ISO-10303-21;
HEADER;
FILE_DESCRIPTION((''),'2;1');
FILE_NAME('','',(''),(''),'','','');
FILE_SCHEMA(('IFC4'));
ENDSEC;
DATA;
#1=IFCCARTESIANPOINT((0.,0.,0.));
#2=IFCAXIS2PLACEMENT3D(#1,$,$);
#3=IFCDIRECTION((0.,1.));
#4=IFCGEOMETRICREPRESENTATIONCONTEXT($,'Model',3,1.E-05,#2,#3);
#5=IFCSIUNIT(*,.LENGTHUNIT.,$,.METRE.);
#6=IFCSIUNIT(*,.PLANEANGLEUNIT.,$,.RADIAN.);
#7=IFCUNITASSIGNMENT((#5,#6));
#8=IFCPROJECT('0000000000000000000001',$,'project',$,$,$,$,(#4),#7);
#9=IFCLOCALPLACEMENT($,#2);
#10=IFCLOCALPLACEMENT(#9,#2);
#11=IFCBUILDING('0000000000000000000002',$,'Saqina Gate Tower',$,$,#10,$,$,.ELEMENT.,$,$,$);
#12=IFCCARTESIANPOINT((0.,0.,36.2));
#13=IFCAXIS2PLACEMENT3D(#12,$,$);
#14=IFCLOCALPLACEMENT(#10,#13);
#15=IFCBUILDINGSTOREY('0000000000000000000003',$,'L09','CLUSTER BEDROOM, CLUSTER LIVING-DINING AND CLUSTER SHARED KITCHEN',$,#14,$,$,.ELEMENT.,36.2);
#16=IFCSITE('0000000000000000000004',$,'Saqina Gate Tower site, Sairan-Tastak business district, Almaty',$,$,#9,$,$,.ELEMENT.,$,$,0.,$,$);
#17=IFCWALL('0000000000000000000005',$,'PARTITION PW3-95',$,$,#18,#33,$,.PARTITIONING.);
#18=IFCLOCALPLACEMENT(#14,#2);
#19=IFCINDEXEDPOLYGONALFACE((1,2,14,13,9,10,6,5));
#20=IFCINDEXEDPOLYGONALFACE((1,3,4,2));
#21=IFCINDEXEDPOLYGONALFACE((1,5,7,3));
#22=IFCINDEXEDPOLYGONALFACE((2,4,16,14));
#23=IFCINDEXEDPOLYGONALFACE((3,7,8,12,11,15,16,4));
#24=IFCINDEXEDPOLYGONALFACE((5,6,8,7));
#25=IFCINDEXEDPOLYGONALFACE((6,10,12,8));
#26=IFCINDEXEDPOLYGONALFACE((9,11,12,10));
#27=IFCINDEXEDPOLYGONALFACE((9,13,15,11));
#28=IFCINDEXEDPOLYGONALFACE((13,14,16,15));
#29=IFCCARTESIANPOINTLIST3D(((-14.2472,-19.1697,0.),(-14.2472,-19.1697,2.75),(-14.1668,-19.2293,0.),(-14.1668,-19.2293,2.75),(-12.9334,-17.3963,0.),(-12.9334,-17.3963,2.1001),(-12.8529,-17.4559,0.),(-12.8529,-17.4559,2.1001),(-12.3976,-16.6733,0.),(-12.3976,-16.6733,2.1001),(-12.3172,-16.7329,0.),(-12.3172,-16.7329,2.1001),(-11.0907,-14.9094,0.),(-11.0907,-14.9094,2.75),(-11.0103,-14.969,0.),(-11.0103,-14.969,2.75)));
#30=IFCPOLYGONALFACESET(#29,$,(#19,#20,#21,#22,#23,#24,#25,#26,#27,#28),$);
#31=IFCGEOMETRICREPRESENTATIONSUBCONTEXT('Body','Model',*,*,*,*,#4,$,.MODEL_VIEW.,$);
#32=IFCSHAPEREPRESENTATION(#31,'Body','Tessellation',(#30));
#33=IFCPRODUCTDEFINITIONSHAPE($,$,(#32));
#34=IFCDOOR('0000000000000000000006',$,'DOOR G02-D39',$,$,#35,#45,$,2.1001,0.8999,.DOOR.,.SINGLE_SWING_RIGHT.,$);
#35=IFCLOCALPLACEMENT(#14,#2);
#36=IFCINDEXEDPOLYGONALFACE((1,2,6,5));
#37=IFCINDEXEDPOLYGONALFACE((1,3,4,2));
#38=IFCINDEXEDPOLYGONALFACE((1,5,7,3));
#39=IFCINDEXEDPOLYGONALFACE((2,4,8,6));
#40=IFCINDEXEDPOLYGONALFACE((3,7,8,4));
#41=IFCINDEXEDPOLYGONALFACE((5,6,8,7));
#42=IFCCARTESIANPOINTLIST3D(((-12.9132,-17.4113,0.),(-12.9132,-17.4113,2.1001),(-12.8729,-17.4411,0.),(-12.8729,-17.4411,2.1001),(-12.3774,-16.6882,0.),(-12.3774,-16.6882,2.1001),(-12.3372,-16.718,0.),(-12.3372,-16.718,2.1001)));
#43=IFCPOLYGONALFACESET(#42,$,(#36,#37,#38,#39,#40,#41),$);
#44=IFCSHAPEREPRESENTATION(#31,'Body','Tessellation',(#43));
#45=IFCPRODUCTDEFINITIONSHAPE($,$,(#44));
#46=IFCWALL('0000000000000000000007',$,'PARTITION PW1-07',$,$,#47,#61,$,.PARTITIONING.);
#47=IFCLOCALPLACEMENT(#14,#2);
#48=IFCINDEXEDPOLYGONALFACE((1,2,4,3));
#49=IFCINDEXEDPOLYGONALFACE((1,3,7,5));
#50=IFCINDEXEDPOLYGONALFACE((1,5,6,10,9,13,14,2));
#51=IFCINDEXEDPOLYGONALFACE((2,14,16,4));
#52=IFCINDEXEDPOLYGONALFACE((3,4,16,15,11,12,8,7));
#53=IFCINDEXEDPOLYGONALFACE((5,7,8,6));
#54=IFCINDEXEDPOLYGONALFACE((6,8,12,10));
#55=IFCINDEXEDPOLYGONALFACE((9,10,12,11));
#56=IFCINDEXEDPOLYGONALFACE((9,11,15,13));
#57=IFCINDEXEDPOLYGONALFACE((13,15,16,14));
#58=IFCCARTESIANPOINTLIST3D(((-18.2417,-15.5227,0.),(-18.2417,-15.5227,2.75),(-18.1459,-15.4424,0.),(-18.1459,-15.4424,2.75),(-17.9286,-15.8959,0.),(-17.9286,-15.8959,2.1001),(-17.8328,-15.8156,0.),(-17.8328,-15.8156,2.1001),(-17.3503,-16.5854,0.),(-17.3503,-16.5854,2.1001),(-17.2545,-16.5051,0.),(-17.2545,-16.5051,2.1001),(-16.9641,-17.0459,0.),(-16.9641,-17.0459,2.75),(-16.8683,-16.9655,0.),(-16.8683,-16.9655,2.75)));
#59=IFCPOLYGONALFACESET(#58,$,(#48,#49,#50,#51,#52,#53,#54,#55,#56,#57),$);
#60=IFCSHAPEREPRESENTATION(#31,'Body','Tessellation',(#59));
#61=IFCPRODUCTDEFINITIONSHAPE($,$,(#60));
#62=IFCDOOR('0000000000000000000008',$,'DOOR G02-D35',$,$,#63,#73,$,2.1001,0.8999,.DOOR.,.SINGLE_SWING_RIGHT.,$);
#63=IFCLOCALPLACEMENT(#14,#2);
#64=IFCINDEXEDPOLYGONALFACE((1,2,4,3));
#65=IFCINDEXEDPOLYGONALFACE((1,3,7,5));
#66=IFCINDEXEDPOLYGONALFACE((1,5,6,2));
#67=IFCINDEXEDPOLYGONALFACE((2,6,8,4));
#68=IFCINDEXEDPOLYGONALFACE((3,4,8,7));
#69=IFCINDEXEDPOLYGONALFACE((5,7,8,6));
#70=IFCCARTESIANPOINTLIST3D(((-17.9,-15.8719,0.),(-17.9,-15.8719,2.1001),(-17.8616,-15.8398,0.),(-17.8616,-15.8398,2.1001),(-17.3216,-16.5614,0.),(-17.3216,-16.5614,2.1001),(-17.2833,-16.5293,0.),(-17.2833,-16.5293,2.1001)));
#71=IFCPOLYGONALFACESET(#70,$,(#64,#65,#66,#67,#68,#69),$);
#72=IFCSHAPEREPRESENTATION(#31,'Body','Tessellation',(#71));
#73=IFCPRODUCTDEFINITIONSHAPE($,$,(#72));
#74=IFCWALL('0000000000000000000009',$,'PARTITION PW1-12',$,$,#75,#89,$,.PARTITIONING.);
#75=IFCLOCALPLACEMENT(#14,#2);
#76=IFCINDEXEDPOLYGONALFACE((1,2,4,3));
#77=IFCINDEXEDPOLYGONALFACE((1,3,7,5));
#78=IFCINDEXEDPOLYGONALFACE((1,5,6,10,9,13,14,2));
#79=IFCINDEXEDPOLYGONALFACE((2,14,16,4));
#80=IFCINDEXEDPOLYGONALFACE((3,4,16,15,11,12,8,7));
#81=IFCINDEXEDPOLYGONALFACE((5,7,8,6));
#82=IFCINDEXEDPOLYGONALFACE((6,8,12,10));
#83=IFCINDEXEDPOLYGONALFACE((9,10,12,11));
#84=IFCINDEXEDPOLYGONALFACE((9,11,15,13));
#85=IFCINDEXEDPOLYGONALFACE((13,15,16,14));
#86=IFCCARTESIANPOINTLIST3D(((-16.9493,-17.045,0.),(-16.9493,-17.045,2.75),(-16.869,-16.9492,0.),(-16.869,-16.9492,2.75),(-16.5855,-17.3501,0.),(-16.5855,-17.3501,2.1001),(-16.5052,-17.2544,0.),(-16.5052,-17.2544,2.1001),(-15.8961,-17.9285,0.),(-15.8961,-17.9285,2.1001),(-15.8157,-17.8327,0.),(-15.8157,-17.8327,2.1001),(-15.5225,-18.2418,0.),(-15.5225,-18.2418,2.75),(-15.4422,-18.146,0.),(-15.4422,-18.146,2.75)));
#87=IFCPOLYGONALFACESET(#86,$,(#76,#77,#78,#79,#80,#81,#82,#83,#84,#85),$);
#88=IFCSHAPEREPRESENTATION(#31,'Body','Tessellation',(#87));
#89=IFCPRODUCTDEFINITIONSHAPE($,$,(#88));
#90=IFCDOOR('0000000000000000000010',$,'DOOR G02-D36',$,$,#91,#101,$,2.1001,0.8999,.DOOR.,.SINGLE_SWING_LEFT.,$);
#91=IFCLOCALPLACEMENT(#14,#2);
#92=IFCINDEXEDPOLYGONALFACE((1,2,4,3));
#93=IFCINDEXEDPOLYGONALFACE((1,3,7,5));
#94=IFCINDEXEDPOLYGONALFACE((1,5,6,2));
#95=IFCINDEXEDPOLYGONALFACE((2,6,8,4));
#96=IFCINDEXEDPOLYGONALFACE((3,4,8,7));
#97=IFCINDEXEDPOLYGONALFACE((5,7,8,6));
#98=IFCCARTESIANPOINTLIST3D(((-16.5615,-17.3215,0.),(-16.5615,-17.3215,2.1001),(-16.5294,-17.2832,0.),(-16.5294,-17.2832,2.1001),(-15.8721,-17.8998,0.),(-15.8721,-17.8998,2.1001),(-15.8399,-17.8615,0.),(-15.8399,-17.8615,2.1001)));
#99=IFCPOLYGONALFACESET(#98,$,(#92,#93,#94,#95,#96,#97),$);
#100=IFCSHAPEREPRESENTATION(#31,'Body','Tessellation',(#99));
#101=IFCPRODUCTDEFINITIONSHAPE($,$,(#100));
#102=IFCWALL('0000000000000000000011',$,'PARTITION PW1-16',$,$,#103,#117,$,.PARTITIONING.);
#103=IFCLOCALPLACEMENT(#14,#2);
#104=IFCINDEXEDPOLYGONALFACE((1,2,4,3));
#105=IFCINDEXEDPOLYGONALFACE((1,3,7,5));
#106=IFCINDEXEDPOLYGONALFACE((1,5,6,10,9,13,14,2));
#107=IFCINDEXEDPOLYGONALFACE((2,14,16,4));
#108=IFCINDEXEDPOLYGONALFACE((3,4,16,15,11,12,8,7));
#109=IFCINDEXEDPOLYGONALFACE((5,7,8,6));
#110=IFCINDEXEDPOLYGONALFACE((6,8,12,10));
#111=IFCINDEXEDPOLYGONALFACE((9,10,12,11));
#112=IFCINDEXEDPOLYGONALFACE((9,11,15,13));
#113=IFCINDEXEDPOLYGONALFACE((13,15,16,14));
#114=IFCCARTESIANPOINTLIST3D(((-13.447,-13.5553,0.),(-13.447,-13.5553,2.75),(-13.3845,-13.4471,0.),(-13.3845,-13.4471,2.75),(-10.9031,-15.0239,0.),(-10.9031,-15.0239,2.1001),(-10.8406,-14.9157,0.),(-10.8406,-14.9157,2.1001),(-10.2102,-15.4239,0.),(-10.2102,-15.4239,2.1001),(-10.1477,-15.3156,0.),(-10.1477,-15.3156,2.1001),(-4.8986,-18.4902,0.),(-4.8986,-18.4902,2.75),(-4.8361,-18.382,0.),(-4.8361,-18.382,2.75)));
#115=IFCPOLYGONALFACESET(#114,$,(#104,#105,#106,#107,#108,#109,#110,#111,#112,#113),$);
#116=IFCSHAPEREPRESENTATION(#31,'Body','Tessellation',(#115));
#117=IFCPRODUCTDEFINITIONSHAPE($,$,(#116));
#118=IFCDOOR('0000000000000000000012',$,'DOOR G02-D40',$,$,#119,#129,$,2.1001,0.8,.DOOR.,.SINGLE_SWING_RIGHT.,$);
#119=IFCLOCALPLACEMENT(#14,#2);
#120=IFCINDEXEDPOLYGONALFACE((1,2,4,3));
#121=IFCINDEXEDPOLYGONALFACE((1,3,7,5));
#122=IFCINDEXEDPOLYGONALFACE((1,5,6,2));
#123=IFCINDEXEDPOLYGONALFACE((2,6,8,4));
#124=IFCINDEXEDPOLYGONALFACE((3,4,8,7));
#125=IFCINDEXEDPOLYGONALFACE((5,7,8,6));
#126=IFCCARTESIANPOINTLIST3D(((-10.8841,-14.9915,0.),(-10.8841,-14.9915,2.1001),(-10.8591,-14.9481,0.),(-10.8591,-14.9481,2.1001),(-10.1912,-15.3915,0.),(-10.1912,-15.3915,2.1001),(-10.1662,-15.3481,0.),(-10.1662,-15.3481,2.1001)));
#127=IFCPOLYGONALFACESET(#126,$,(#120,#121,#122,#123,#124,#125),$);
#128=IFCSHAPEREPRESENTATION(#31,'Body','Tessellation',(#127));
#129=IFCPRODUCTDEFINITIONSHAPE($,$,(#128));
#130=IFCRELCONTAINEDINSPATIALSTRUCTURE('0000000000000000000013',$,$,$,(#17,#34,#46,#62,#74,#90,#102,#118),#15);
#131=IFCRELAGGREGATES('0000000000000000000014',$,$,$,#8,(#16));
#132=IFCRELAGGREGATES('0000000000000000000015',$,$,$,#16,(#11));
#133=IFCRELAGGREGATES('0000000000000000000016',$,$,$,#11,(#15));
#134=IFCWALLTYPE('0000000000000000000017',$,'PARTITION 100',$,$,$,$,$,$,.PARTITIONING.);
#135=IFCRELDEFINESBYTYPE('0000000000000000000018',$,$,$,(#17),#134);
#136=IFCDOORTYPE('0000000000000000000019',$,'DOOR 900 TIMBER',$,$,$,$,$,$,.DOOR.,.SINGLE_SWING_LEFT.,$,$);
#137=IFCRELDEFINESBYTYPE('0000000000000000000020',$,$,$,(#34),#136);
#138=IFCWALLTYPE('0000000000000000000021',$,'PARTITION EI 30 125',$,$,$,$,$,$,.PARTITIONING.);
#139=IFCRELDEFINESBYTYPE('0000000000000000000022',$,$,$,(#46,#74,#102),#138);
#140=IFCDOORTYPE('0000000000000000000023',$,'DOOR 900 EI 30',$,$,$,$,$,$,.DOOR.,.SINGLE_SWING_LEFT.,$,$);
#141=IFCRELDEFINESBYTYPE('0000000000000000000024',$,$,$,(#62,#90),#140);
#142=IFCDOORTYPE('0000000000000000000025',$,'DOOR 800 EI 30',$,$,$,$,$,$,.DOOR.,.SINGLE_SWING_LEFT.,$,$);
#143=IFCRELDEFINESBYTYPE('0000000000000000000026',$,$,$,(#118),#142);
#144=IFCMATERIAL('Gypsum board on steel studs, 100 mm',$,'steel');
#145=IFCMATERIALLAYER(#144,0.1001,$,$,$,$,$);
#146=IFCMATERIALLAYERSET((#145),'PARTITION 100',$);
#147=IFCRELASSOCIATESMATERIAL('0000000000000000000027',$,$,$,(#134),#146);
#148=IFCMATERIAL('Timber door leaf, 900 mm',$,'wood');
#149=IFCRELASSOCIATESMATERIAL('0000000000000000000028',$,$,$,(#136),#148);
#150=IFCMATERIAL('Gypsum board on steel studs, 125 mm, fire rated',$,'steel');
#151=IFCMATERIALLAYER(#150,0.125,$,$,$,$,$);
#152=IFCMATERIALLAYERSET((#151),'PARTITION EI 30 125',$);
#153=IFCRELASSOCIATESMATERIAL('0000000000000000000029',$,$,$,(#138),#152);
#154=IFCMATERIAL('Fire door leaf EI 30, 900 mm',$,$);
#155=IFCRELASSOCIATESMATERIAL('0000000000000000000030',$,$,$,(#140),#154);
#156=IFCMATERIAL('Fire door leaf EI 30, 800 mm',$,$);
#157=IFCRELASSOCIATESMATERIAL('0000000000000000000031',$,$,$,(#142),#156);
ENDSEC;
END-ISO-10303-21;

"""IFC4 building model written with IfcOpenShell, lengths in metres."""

from ifc_helpers import new_model, si_unit, direction, frame, frame_2d, origin, place, context, subcontext, project, spatial, rectangle, extrude, material, layer, layer_set, type_object, element, fill, save


model = new_model("IFC4")

# Units and contexts
model_context = context("Model", 3, precision=1e-05, world=origin(), true_north=direction((0.0, 1.0)))
body_context = subcontext(model_context, "Body", "Model", "MODEL_VIEW")
ifc_project = project(units=[si_unit("LENGTHUNIT", "METRE"), si_unit("PLANEANGLEUNIT", "RADIAN")], contexts=[model_context])

# Site, building, storey
site_placement = place(None, origin())
site = spatial("IfcSite", under=ifc_project, at=site_placement, Name="Saqina Gate Tower site, Sairan-Tastak business district, Almaty", CompositionType="ELEMENT", RefElevation=0.0)
building_placement = place(site_placement, origin())
building = spatial("IfcBuilding", under=site, at=building_placement, Name="Saqina Gate Tower", CompositionType="ELEMENT")
storey_placement = place(building_placement, frame((0.0, 0.0, 36.2)))
storey = spatial("IfcBuildingStorey", under=building, at=storey_placement, Name="L09", Description="CLUSTER BEDROOM, CLUSTER LIVING-DINING AND CLUSTER SHARED KITCHEN", CompositionType="ELEMENT", Elevation=36.2)

# Shared definitions
ifc_material_1 = material(Name="Gypsum board on steel studs, 100 mm", Category="steel")
ifc_layer_1 = layer(ifc_material_1, 0.1001)
ifc_layer_set_1 = layer_set([ifc_layer_1], Name="PARTITION 100")
wall_type_1 = type_object("IfcWallType", Name="PARTITION 100", PredefinedType="PARTITIONING", material=ifc_layer_set_1)

# Walls, openings, doors
wall_1_placement = place(storey_placement, frame((-14.207, -19.1995, 0.0), z_axis=(0.0, 0.0, 1.0), x_axis=(0.595319, 0.803489, 0.0)))
wall_1 = element("IfcWall", 1, at=wall_1_placement, inside=storey, type_object=wall_type_1, Name="PARTITION PW3-95", PredefinedType="PARTITIONING", context=body_context, shape_type="SweptSolid", body=[
    extrude(rectangle(XDim=5.3022, YDim=0.1001, at=frame_2d((2.6511, 0.0))), origin(), (0.0, 0.0, 1.0), 2.75),
])
opening_1_placement = place(wall_1_placement, frame((2.207, 0.0, 0.0)))
opening_1 = element("IfcOpeningElement", 2, at=opening_1_placement, cuts=wall_1, PredefinedType="OPENING", context=body_context, shape_type="SweptSolid", body=[
    extrude(rectangle(XDim=0.8999, YDim=2.1001, at=frame_2d((0.45, 1.05))), frame((0.0, 0.062, 0.0), z_axis=(0.0, -1.0, 0.0), x_axis=(1.0, 0.0, 0.0)), (0.0, 0.0, 1.0), 0.124),
])
ifc_material_2 = material(Name="Timber door leaf, 900 mm", Category="wood")
door_type_1 = type_object("IfcDoorType", Name="DOOR 900 TIMBER", OperationType="SINGLE_SWING_LEFT", PredefinedType="DOOR", material=ifc_material_2)
door_1_placement = place(opening_1_placement, origin())
door_1 = element("IfcDoor", 3, at=door_1_placement, inside=storey, type_object=door_type_1, Name="DOOR G02-D39", OperationType="SINGLE_SWING_RIGHT", OverallHeight=2.1001, OverallWidth=0.8999, PredefinedType="DOOR", context=body_context, shape_type="SweptSolid", body=[
    extrude(rectangle(XDim=0.8999, YDim=2.1001, at=frame_2d((0.45, 1.05))), frame((0.0, 0.0249, 0.0), z_axis=(0.0, -1.0, 0.0), x_axis=(1.0, 0.0, 0.0)), (0.0, 0.0, 1.0), 0.05),
])
fill(opening_1, door_1)
ifc_material_3 = material(Name="Gypsum board on steel studs, 125 mm, fire rated", Category="steel")
ifc_layer_2 = layer(ifc_material_3, 0.125)
ifc_layer_set_2 = layer_set([ifc_layer_2], Name="PARTITION EI 30 125")
wall_type_2 = type_object("IfcWallType", Name="PARTITION EI 30 125", PredefinedType="PARTITIONING", material=ifc_layer_set_2)
wall_2_placement = place(storey_placement, frame((-18.1938, -15.4824, 0.0), z_axis=(0.0, 0.0, 1.0), x_axis=(0.642633, -0.766174, 0.0)))
wall_2 = element("IfcWall", 4, at=wall_2_placement, inside=storey, type_object=wall_type_2, Name="PARTITION PW1-07", PredefinedType="PARTITIONING", context=body_context, shape_type="SweptSolid", body=[
    extrude(rectangle(XDim=1.988, YDim=0.125, at=frame_2d((0.9941, 0.0))), origin(), (0.0, 0.0, 1.0), 2.75),
])
opening_2_placement = place(wall_2_placement, frame((0.4873, 0.0, 0.0)))
opening_2 = element("IfcOpeningElement", 5, at=opening_2_placement, cuts=wall_2, PredefinedType="OPENING", context=body_context, shape_type="SweptSolid", body=[
    extrude(rectangle(XDim=0.8999, YDim=2.1001, at=frame_2d((0.45, 1.05))), frame((0.0, 0.0745, 0.0), z_axis=(0.0, -1.0, 0.0), x_axis=(1.0, 0.0, 0.0)), (0.0, 0.0, 1.0), 0.1489),
])
ifc_material_4 = material(Name="Fire door leaf EI 30, 900 mm")
door_type_2 = type_object("IfcDoorType", Name="DOOR 900 EI 30", OperationType="SINGLE_SWING_LEFT", PredefinedType="DOOR", material=ifc_material_4)
door_2_placement = place(opening_2_placement, origin())
door_2 = element("IfcDoor", 6, at=door_2_placement, inside=storey, type_object=door_type_2, Name="DOOR G02-D35", OperationType="SINGLE_SWING_RIGHT", OverallHeight=2.1001, OverallWidth=0.8999, PredefinedType="DOOR", context=body_context, shape_type="SweptSolid", body=[
    extrude(rectangle(XDim=0.8999, YDim=2.1001, at=frame_2d((0.45, 1.05))), frame((0.0, 0.0249, 0.0), z_axis=(0.0, -1.0, 0.0), x_axis=(1.0, 0.0, 0.0)), (0.0, 0.0, 1.0), 0.05),
])
fill(opening_2, door_2)
wall_3_placement = place(storey_placement, frame((-16.9092, -16.9971, 0.0), z_axis=(0.0, 0.0, 1.0), x_axis=(0.766154, -0.642657, 0.0)))
wall_3 = element("IfcWall", 7, at=wall_3_placement, inside=storey, type_object=wall_type_2, Name="PARTITION PW1-12", PredefinedType="PARTITIONING", context=body_context, shape_type="SweptSolid", body=[
    extrude(rectangle(XDim=1.8623, YDim=0.125, at=frame_2d((0.9312, 0.0))), origin(), (0.0, 0.0, 1.0), 2.75),
])
opening_3_placement = place(wall_3_placement, frame((0.4749, 0.0, 0.0)))
opening_3 = element("IfcOpeningElement", 8, at=opening_3_placement, cuts=wall_3, PredefinedType="OPENING", context=body_context, shape_type="SweptSolid", body=[
    extrude(rectangle(XDim=0.8999, YDim=2.1001, at=frame_2d((0.45, 1.05))), frame((0.0, 0.0745, 0.0), z_axis=(0.0, -1.0, 0.0), x_axis=(1.0, 0.0, 0.0)), (0.0, 0.0, 1.0), 0.1489),
])
door_3_placement = place(opening_3_placement, origin())
door_3 = element("IfcDoor", 9, at=door_3_placement, inside=storey, type_object=door_type_2, Name="DOOR G02-D36", OperationType="SINGLE_SWING_LEFT", OverallHeight=2.1001, OverallWidth=0.8999, PredefinedType="DOOR", context=body_context, shape_type="SweptSolid", body=[
    extrude(rectangle(XDim=0.8999, YDim=2.1001, at=frame_2d((0.45, 1.05))), frame((0.0, 0.0249, 0.0), z_axis=(0.0, -1.0, 0.0), x_axis=(1.0, 0.0, 0.0)), (0.0, 0.0, 1.0), 0.05),
])
fill(opening_3, door_3)
wall_4_placement = place(storey_placement, frame((-13.4158, -13.5012, 0.0), z_axis=(0.0, 0.0, 1.0), x_axis=(0.86605, -0.499957, 0.0)))
wall_4 = element("IfcWall", 10, at=wall_4_placement, inside=storey, type_object=wall_type_2, Name="PARTITION PW1-16", PredefinedType="PARTITIONING", context=body_context, shape_type="SweptSolid", body=[
    extrude(rectangle(XDim=9.8706, YDim=0.125, at=frame_2d((4.9353, 0.0))), origin(), (0.0, 0.0, 1.0), 2.75),
])
opening_4_placement = place(wall_4_placement, frame((2.9375, 0.0, 0.0)))
opening_4 = element("IfcOpeningElement", 11, at=opening_4_placement, cuts=wall_4, PredefinedType="OPENING", context=body_context, shape_type="SweptSolid", body=[
    extrude(rectangle(XDim=0.8, YDim=2.1001, at=frame_2d((0.3999, 1.05))), frame((0.0, 0.0745, 0.0), z_axis=(0.0, -1.0, 0.0), x_axis=(1.0, 0.0, 0.0)), (0.0, 0.0, 1.0), 0.1489),
])
ifc_material_5 = material(Name="Fire door leaf EI 30, 800 mm")
door_type_3 = type_object("IfcDoorType", Name="DOOR 800 EI 30", OperationType="SINGLE_SWING_LEFT", PredefinedType="DOOR", material=ifc_material_5)
door_4_placement = place(opening_4_placement, frame((0.8, 0.0, 0.0), z_axis=(0.0, 0.0, 1.0), x_axis=(-1.0, 0.0, 0.0)))
door_4 = element("IfcDoor", 12, at=door_4_placement, inside=storey, type_object=door_type_3, Name="DOOR G02-D40", OperationType="SINGLE_SWING_RIGHT", OverallHeight=2.1001, OverallWidth=0.8, PredefinedType="DOOR", context=body_context, shape_type="SweptSolid", body=[
    extrude(rectangle(XDim=0.8, YDim=2.1001, at=frame_2d((0.3999, 1.05))), frame((0.0, 0.0249, 0.0), z_axis=(0.0, -1.0, 0.0), x_axis=(1.0, 0.0, 0.0)), (0.0, 0.0, 1.0), 0.05),
])
fill(opening_4, door_4)

save(model, "model.ifc")
